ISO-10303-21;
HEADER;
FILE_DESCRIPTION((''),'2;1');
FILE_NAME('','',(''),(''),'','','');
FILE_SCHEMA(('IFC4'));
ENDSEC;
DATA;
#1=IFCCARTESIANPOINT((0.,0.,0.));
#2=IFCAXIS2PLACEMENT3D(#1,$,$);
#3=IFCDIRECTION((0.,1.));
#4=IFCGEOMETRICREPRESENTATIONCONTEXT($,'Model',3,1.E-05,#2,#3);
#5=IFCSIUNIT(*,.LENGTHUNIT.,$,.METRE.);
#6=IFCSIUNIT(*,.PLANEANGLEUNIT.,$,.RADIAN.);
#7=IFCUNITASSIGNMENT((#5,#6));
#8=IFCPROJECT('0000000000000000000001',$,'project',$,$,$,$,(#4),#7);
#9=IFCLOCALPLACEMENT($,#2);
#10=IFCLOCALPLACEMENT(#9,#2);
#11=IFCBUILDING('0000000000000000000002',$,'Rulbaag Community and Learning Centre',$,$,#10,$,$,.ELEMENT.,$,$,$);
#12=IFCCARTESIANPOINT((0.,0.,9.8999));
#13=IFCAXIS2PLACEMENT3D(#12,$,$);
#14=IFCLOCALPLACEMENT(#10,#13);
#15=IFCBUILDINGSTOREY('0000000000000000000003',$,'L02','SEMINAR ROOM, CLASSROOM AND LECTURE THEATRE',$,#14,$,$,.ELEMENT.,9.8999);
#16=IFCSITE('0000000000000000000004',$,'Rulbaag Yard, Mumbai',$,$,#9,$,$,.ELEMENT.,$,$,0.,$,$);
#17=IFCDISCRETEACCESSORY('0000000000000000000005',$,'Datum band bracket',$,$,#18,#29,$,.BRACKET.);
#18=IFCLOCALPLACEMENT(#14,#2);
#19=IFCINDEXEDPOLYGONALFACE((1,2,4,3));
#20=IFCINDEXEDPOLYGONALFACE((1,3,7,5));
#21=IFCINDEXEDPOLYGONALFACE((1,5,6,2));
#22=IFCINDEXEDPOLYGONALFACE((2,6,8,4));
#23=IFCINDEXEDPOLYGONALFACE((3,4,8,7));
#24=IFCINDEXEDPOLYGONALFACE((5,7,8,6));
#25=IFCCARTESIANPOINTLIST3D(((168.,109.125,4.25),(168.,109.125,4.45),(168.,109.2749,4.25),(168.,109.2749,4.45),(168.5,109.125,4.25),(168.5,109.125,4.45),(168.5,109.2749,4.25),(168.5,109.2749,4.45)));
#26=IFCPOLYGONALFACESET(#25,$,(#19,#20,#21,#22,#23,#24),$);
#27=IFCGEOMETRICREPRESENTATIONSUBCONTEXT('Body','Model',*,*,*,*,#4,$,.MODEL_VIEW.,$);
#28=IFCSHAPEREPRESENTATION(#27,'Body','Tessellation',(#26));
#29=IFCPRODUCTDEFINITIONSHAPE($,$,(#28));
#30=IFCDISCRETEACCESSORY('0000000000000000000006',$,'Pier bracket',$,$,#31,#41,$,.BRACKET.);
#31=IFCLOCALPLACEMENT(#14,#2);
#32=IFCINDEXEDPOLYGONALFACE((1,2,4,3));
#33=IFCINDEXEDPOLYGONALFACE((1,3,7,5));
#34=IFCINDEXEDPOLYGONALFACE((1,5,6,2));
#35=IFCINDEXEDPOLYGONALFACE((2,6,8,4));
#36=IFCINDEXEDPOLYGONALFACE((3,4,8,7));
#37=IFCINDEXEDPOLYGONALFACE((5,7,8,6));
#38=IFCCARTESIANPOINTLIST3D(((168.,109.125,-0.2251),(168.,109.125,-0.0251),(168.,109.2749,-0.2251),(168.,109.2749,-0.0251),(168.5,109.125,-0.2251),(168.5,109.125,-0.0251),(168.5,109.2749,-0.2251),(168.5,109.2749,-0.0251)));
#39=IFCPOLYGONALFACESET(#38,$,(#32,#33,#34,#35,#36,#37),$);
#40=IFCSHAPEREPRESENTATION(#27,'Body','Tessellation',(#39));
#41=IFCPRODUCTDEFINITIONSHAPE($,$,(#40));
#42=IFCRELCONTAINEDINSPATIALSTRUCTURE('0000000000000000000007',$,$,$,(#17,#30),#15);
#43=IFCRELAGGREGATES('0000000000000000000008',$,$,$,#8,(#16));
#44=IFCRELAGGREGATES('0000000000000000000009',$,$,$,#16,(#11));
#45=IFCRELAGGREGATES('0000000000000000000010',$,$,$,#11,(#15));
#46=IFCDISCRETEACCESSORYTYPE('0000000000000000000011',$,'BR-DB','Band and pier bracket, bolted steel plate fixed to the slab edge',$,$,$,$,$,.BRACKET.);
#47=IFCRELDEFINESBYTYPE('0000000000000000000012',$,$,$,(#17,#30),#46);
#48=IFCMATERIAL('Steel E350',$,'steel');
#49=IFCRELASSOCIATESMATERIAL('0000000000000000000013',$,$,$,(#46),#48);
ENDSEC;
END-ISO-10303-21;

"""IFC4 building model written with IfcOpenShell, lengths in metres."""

from ifc_helpers import new_model, si_unit, direction, frame, origin, origin_2d, place, context, subcontext, project, spatial, rectangle, extrude, material, type_object, element, save


model = new_model("IFC4")

# Units and contexts
model_context = context("Model", 3, precision=1e-05, world=origin(), true_north=direction((0.0, 1.0)))
body_context = subcontext(model_context, "Body", "Model", "MODEL_VIEW")
ifc_project = project(units=[si_unit("LENGTHUNIT", "METRE"), si_unit("PLANEANGLEUNIT", "RADIAN")], contexts=[model_context])

# Site, building, storey
site_placement = place(None, origin())
site = spatial("IfcSite", under=ifc_project, at=site_placement, Name="Rulbaag Yard, Mumbai", CompositionType="ELEMENT", RefElevation=0.0)
building_placement = place(site_placement, origin())
building = spatial("IfcBuilding", under=site, at=building_placement, Name="Rulbaag Community and Learning Centre", CompositionType="ELEMENT")
storey_placement = place(building_placement, frame((0.0, 0.0, 9.8999)))
storey = spatial("IfcBuildingStorey", under=building, at=storey_placement, Name="L02", Description="SEMINAR ROOM, CLASSROOM AND LECTURE THEATRE", CompositionType="ELEMENT", Elevation=9.8999)

# Discrete accessories
ifc_material_1 = material(Name="Steel E350", Category="steel")
discrete_accessory_type = type_object("IfcDiscreteAccessoryType", Name="BR-DB", Description="Band and pier bracket, bolted steel plate fixed to the slab edge", PredefinedType="BRACKET", material=ifc_material_1)
for number, where, z_axis, x_axis, name in (
    (1, (168.25, 109.2, 4.25), (0.0, 0.0, 1.0), (1.0, 0.0, 0.0), "Datum band bracket"),
    (2, (168.25, 109.2, -0.2251), (0.0, 0.0, 1.0), (1.0, 0.0, 0.0), "Pier bracket"),
):
    element("IfcDiscreteAccessory", number, at=place(storey_placement, frame(where, z_axis=z_axis, x_axis=x_axis)), inside=storey, type_object=discrete_accessory_type, Name=name, PredefinedType="BRACKET", context=body_context, shape_type="SweptSolid", body=[
        extrude(rectangle(XDim=0.5, YDim=0.1499, at=origin_2d()), origin(), (0.0, 0.0, 1.0), 0.2),
    ])

save(model, "model.ifc")
